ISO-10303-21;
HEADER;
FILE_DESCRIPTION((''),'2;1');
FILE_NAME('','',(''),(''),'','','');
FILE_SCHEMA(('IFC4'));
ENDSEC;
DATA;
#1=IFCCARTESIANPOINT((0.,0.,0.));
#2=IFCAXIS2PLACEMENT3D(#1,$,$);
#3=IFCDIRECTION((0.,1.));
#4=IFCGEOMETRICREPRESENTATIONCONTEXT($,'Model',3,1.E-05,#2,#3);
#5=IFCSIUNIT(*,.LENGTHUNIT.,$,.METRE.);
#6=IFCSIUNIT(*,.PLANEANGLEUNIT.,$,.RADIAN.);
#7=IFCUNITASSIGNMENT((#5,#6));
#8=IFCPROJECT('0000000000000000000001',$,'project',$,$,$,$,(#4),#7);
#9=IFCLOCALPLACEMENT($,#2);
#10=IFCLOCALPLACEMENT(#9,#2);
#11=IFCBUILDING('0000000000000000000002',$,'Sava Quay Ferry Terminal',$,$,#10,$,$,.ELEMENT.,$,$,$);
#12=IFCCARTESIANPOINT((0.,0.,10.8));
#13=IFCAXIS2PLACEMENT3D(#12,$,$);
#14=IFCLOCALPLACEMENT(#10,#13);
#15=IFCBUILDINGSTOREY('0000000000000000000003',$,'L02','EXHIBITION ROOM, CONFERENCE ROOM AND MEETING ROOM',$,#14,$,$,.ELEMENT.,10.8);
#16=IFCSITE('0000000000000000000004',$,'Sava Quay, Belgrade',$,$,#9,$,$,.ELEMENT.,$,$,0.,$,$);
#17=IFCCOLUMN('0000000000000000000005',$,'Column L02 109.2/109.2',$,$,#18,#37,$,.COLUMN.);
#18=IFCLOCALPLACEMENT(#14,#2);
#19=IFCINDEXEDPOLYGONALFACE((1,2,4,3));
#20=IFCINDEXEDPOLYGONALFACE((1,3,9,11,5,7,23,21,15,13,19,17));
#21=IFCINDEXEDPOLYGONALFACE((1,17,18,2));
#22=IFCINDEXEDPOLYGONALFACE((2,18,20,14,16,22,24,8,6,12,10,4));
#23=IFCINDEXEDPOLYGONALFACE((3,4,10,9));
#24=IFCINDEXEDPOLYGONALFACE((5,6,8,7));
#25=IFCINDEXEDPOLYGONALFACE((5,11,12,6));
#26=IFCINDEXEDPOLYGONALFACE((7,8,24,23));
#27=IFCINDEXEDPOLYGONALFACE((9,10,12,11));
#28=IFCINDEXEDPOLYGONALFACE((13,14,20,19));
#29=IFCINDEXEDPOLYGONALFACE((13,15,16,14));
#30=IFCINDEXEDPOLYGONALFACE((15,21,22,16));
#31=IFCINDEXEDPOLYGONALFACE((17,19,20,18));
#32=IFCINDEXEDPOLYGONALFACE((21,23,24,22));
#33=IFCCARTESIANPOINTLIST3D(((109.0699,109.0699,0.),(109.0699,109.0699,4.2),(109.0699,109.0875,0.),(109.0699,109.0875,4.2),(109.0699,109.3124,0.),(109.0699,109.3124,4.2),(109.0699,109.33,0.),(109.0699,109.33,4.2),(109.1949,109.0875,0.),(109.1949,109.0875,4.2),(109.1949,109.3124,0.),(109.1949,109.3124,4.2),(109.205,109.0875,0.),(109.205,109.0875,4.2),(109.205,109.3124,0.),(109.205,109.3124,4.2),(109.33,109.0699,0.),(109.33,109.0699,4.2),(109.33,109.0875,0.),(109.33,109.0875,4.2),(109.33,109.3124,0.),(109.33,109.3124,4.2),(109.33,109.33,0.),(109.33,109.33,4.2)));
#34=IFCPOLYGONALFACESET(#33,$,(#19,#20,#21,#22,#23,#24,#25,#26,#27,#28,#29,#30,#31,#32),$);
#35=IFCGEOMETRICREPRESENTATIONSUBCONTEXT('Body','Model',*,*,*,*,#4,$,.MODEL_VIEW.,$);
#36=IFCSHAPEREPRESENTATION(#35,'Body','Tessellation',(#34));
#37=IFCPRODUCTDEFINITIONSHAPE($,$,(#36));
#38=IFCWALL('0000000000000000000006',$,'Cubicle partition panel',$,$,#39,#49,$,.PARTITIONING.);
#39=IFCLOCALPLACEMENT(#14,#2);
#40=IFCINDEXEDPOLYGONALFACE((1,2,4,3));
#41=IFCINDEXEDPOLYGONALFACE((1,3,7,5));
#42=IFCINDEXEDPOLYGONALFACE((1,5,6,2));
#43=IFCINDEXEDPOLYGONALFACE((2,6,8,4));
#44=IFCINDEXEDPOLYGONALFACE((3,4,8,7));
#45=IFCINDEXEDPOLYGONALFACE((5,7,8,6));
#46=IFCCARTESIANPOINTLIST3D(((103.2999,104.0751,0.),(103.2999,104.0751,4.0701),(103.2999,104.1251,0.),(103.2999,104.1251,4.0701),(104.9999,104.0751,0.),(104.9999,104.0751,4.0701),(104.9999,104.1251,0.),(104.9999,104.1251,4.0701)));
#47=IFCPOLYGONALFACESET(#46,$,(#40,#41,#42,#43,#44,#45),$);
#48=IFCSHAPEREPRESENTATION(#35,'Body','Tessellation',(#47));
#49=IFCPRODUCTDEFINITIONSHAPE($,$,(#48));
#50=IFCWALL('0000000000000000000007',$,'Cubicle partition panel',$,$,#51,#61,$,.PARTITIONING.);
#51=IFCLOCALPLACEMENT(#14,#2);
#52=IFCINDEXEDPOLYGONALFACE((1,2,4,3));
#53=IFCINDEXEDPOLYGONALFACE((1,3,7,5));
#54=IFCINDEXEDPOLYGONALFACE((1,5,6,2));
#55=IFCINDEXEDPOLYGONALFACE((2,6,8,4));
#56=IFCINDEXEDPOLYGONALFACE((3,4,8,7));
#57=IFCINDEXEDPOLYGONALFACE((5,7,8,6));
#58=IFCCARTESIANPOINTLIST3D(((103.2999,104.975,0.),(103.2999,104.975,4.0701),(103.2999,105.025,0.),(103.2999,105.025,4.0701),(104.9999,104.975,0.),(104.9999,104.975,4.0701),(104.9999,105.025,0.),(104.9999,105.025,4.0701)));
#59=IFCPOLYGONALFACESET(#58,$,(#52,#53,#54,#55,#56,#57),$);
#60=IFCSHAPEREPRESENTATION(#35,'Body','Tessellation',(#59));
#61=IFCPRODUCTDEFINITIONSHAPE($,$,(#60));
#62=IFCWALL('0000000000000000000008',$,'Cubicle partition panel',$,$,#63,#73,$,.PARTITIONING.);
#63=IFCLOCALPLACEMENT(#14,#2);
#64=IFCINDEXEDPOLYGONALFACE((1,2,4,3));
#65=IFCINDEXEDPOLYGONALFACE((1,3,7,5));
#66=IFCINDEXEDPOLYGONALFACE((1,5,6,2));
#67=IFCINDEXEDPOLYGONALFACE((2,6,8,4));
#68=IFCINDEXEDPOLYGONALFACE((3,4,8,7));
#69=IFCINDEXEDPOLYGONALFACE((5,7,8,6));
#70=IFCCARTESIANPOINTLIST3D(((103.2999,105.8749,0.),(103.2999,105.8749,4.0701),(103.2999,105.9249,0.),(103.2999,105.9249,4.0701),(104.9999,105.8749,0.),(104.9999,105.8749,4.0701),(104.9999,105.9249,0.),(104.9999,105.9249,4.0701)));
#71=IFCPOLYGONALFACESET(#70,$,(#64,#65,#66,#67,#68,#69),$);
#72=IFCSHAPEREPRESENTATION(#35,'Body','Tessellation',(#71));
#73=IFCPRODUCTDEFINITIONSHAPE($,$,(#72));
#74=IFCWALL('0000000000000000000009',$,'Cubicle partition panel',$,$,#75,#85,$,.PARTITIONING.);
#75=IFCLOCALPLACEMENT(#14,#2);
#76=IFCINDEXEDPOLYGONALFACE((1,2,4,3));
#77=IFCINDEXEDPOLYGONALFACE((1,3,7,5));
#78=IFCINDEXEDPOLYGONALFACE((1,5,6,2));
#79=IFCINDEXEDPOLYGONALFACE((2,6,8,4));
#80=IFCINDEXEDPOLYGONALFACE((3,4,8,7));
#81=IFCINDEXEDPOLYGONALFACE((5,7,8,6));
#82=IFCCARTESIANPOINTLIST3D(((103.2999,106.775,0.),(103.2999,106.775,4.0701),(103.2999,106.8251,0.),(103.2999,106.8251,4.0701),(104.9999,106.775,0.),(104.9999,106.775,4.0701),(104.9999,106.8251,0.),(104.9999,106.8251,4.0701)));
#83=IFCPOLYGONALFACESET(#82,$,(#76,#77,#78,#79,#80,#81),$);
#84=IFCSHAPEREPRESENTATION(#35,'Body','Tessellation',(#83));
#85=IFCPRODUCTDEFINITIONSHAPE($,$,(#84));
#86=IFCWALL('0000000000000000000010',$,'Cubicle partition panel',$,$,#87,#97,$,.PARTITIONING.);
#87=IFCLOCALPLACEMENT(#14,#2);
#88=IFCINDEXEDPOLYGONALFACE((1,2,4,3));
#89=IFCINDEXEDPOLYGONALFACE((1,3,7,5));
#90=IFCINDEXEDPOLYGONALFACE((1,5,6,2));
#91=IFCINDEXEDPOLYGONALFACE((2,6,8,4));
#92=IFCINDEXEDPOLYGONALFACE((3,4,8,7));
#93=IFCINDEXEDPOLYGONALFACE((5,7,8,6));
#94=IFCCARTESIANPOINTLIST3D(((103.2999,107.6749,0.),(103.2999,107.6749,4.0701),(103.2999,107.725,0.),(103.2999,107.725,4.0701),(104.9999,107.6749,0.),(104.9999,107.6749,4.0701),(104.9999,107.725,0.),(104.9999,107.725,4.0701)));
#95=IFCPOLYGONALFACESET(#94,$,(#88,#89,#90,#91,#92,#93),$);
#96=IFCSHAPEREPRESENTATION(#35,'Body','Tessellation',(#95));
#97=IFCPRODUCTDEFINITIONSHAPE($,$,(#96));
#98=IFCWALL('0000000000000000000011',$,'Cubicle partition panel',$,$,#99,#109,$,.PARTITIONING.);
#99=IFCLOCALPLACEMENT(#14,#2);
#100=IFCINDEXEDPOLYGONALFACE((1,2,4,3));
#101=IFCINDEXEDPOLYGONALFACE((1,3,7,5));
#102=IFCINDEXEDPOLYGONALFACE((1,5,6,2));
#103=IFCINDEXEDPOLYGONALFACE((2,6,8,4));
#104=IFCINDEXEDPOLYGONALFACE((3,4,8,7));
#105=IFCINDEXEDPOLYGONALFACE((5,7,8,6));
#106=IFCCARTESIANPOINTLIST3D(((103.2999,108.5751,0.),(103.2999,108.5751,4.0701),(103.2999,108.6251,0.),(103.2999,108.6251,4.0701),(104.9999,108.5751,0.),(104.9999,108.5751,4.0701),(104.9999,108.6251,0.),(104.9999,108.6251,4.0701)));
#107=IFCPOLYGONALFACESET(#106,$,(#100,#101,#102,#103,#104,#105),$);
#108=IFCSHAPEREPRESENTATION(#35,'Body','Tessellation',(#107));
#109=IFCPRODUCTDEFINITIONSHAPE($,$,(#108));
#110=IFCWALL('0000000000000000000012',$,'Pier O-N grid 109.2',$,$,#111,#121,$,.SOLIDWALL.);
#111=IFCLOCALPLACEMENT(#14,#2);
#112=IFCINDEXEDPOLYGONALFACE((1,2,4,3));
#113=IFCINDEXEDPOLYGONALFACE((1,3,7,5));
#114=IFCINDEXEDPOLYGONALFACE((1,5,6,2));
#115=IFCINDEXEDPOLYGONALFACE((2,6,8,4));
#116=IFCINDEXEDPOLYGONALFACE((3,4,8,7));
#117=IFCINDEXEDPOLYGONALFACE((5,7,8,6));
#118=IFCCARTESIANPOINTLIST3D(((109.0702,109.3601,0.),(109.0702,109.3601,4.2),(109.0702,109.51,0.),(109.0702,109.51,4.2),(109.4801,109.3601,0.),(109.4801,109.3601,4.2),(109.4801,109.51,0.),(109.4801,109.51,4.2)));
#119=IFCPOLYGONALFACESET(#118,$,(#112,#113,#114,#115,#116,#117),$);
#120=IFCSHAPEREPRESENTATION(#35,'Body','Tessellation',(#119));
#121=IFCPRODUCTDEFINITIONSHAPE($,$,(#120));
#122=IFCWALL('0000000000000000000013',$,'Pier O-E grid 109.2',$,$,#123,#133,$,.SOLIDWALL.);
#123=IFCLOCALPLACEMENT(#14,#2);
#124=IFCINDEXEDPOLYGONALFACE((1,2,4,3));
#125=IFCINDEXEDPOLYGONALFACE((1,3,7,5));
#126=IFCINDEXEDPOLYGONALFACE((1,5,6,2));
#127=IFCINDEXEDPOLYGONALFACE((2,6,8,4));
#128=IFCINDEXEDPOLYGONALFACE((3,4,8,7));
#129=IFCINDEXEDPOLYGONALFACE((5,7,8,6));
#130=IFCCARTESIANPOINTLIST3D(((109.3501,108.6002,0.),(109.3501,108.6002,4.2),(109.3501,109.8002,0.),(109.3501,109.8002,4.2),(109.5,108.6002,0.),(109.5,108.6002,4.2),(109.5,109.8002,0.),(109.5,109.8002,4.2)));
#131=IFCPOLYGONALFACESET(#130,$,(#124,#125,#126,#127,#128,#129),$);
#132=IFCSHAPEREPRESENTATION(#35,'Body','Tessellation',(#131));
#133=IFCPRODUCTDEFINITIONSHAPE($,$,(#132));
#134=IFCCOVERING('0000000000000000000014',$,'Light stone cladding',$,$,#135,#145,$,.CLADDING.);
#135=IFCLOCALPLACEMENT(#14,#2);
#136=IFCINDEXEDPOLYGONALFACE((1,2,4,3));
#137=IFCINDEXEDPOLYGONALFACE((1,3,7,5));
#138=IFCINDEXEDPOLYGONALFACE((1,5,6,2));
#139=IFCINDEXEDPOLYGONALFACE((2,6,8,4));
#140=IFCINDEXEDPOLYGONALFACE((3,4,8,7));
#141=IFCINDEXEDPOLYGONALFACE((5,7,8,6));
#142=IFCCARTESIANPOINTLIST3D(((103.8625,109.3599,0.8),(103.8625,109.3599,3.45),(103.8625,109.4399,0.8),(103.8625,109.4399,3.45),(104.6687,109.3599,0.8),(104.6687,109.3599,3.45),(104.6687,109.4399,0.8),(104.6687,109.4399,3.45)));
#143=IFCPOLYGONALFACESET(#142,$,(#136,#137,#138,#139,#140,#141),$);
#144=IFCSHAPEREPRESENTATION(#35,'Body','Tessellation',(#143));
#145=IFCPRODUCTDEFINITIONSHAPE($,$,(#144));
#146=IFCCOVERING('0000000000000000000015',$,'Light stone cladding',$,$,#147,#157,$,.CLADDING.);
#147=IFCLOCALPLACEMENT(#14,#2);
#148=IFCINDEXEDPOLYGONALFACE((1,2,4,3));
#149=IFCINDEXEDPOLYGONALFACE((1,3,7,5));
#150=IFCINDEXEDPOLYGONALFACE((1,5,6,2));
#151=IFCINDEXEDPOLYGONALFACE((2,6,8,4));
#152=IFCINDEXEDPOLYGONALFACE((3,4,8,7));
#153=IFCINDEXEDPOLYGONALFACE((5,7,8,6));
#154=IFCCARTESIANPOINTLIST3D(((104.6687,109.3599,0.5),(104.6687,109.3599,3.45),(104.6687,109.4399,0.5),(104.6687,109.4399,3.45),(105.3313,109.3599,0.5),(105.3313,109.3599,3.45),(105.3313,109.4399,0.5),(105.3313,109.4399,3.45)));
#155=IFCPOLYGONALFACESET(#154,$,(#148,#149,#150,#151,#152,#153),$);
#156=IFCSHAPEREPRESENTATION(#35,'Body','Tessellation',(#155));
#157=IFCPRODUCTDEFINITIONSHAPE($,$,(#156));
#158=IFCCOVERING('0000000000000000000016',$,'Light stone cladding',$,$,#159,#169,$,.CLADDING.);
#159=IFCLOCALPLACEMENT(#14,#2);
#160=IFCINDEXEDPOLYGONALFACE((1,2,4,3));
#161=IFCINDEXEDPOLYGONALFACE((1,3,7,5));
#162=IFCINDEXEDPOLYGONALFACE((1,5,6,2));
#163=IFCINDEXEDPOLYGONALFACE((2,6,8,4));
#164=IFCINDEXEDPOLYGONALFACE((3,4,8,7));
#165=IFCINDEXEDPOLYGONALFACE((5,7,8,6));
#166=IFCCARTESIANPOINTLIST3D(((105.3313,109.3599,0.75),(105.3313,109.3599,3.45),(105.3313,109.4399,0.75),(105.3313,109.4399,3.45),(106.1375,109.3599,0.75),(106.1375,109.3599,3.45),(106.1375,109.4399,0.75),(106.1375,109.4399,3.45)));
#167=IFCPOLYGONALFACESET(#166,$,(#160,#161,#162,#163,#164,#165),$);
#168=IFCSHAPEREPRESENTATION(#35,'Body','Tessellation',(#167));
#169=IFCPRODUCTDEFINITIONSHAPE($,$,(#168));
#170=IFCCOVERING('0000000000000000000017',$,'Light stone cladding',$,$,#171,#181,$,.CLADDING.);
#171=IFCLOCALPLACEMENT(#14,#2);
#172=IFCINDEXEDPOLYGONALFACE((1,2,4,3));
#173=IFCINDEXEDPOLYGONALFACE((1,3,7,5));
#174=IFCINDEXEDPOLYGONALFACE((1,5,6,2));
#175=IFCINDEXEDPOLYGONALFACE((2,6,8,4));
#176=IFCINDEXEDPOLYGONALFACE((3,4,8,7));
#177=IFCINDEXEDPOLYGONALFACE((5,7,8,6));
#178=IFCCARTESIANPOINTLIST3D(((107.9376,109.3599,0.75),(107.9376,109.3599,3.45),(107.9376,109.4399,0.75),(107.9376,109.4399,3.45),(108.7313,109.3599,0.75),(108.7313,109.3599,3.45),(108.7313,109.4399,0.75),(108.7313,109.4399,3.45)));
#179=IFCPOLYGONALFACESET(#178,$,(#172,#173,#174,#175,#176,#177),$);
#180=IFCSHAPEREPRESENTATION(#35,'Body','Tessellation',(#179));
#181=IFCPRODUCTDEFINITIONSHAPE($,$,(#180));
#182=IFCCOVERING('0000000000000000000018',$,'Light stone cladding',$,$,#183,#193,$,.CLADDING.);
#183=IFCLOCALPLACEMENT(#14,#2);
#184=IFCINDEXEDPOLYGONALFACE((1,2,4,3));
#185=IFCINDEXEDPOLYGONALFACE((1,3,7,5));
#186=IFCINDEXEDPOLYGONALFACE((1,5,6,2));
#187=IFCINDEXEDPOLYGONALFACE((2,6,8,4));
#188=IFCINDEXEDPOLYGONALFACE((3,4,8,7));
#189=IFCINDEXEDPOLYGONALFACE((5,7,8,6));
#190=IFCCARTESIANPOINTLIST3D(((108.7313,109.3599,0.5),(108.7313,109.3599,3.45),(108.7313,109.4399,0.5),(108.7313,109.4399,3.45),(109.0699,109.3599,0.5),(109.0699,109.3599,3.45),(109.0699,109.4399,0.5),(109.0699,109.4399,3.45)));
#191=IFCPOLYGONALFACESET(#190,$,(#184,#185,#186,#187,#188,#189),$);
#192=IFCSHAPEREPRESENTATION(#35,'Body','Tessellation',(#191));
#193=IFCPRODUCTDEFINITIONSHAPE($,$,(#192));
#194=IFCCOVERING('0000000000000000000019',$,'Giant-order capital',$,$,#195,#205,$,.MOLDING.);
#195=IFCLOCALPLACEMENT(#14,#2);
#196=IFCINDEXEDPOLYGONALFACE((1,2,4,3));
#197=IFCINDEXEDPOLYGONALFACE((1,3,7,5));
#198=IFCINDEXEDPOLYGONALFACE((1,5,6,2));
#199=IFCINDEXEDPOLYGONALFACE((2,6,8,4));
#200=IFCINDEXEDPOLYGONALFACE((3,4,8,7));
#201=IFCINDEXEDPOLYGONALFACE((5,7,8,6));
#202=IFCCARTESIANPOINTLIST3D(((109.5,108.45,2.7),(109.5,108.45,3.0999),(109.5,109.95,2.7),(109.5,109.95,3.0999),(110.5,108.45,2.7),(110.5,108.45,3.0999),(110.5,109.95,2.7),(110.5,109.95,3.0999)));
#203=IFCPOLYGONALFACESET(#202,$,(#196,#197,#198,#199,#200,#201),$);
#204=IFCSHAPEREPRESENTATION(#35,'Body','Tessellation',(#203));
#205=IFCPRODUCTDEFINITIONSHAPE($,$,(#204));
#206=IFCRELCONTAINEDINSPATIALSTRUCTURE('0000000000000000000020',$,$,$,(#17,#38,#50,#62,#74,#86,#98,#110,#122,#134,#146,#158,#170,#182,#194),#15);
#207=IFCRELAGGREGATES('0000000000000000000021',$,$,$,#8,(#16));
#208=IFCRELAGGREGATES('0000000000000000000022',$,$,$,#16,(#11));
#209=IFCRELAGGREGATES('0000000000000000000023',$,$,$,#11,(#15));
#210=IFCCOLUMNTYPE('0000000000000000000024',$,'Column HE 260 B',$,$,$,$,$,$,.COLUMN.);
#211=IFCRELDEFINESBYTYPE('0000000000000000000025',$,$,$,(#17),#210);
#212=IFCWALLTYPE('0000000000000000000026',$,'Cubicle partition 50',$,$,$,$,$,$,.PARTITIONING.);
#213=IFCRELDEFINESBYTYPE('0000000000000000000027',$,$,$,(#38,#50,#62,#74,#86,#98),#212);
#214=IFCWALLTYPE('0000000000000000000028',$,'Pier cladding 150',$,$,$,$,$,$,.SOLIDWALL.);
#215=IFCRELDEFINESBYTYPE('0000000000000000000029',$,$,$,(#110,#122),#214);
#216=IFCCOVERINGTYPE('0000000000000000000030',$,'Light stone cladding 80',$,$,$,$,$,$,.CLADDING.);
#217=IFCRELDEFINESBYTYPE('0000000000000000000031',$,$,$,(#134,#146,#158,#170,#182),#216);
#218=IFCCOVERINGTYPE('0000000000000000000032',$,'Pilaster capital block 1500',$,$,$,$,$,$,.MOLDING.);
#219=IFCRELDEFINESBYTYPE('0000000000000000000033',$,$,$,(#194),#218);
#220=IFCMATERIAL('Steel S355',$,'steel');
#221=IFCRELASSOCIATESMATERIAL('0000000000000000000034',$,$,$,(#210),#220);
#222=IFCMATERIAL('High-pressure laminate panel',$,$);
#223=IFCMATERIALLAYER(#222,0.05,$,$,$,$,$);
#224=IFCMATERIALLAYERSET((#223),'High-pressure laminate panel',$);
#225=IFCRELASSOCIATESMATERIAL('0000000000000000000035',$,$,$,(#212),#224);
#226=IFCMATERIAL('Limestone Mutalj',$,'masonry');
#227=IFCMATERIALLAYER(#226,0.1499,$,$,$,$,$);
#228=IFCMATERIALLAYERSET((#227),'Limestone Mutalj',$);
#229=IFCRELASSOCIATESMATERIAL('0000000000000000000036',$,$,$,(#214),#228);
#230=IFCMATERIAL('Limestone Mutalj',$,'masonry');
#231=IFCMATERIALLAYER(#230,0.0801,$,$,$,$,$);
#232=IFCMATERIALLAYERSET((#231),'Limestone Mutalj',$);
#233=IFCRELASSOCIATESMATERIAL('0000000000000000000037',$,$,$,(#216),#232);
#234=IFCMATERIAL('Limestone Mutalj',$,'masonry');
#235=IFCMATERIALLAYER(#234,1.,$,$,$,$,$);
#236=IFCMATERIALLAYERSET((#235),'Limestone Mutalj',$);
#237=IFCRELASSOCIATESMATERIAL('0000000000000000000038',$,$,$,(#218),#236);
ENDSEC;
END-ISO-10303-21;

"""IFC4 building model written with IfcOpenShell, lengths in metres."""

from ifc_helpers import new_model, si_unit, direction, frame, frame_2d, origin, origin_2d, place, context, subcontext, project, spatial, rectangle, i_section, extrude, material, layer, layer_set, material_profile, profile_set, type_object, element, save


model = new_model("IFC4")

# Units and contexts
model_context = context("Model", 3, precision=1e-05, world=origin(), true_north=direction((0.0, 1.0)))
body_context = subcontext(model_context, "Body", "Model", "MODEL_VIEW")
ifc_project = project(units=[si_unit("LENGTHUNIT", "METRE"), si_unit("PLANEANGLEUNIT", "RADIAN")], contexts=[model_context])

# Site, building, storey
site_placement = place(None, origin())
site = spatial("IfcSite", under=ifc_project, at=site_placement, Name="Sava Quay, Belgrade", CompositionType="ELEMENT", RefElevation=0.0)
building_placement = place(site_placement, origin())
building = spatial("IfcBuilding", under=site, at=building_placement, Name="Sava Quay Ferry Terminal", CompositionType="ELEMENT")
storey_placement = place(building_placement, frame((0.0, 0.0, 10.8)))
storey = spatial("IfcBuildingStorey", under=building, at=storey_placement, Name="L02", Description="EXHIBITION ROOM, CONFERENCE ROOM AND MEETING ROOM", CompositionType="ELEMENT", Elevation=10.8)

# Column
ifc_material_1 = material(Name="Steel S355", Category="steel")
ifc_material_profile = material_profile(ifc_material_1, i_section(OverallWidth=0.26, OverallDepth=0.26, WebThickness=0.01, FlangeThickness=0.0176, at=origin_2d()), Name="HE 260 B")
ifc_profile_set = profile_set([ifc_material_profile], Name="Steel S355")
column_type = type_object("IfcColumnType", Name="Column HE 260 B", PredefinedType="COLUMN", material=ifc_profile_set)
column_placement = place(storey_placement, frame((109.2, 109.2, 0.0), z_axis=(0.0, 0.0, 1.0), x_axis=(1.0, 0.0, 0.0)))
element("IfcColumn", 1, at=column_placement, inside=storey, type_object=column_type, Name="Column L02 109.2/109.2", PredefinedType="COLUMN", context=body_context, shape_type="SweptSolid", body=[
    extrude(i_section(OverallWidth=0.26, OverallDepth=0.26, WebThickness=0.01, FlangeThickness=0.0176, at=origin_2d()), origin(), (0.0, 0.0, 1.0), 4.2),
])

# Walls
ifc_material_2 = material(Name="High-pressure laminate panel")
ifc_layer_1 = layer(ifc_material_2, 0.05)
ifc_layer_set_1 = layer_set([ifc_layer_1], Name="High-pressure laminate panel")
wall_type_1 = type_object("IfcWallType", Name="Cubicle partition 50", PredefinedType="PARTITIONING", material=ifc_layer_set_1)
for number, where, z_axis, x_axis, name in (
    (2, (105.0, 104.1001, 0.0), (0.0, 0.0, 1.0), (-1.0, 0.0, 0.0), "Cubicle partition panel"),
    (3, (105.0, 105.0, 0.0), (0.0, 0.0, 1.0), (-1.0, 0.0, 0.0), "Cubicle partition panel"),
    (4, (105.0, 105.8999, 0.0), (0.0, 0.0, 1.0), (-1.0, 0.0, 0.0), "Cubicle partition panel"),
    (5, (105.0, 106.8, 0.0), (0.0, 0.0, 1.0), (-1.0, 0.0, 0.0), "Cubicle partition panel"),
    (6, (105.0, 107.7, 0.0), (0.0, 0.0, 1.0), (-1.0, 0.0, 0.0), "Cubicle partition panel"),
    (7, (105.0, 108.6001, 0.0), (0.0, 0.0, 1.0), (-1.0, 0.0, 0.0), "Cubicle partition panel"),
):
    element("IfcWall", number, at=place(storey_placement, frame(where, z_axis=z_axis, x_axis=x_axis)), inside=storey, type_object=wall_type_1, Name=name, PredefinedType="PARTITIONING", context=body_context, shape_type="SweptSolid", body=[
        extrude(rectangle(XDim=1.7, YDim=0.05, at=frame_2d((0.8501, 0.0))), origin(), (0.0, 0.0, 1.0), 4.0701),
    ])
ifc_material_3 = material(Name="Limestone Mutalj", Category="masonry")
ifc_layer_2 = layer(ifc_material_3, 0.1499)
ifc_layer_set_2 = layer_set([ifc_layer_2], Name="Limestone Mutalj")
wall_type_2 = type_object("IfcWallType", Name="Pier cladding 150", PredefinedType="SOLIDWALL", material=ifc_layer_set_2)
wall_1_placement = place(storey_placement, frame((109.0701, 109.4351, 0.0), z_axis=(0.0, 0.0, 1.0), x_axis=(1.0, 0.0, 0.0)))
element("IfcWall", 8, at=wall_1_placement, inside=storey, type_object=wall_type_2, Name="Pier O-N grid 109.2", PredefinedType="SOLIDWALL", context=body_context, shape_type="SweptSolid", body=[
    extrude(rectangle(XDim=0.4099, YDim=0.1499, at=frame_2d((0.2051, 0.0))), origin(), (0.0, 0.0, 1.0), 4.2),
])
wall_2_placement = place(storey_placement, frame((109.425, 108.6001, 0.0), z_axis=(0.0, 0.0, 1.0), x_axis=(0.0, 1.0, 0.0)))
element("IfcWall", 9, at=wall_2_placement, inside=storey, type_object=wall_type_2, Name="Pier O-E grid 109.2", PredefinedType="SOLIDWALL", context=body_context, shape_type="SweptSolid", body=[
    extrude(rectangle(XDim=1.2, YDim=0.1499, at=frame_2d((0.6001, 0.0))), origin(), (0.0, 0.0, 1.0), 4.2),
])

# Coverings
ifc_material_4 = material(Name="Limestone Mutalj", Category="masonry")
ifc_layer_3 = layer(ifc_material_4, 0.0801)
ifc_layer_set_3 = layer_set([ifc_layer_3], Name="Limestone Mutalj")
covering_type_1 = type_object("IfcCoveringType", Name="Light stone cladding 80", PredefinedType="CLADDING", material=ifc_layer_set_3)
covering_1_placement = place(storey_placement, frame((104.2656, 109.3999, 0.8), z_axis=(0.0, 0.0, 1.0), x_axis=(1.0, 0.0, 0.0)))
element("IfcCovering", 10, at=covering_1_placement, inside=storey, type_object=covering_type_1, Name="Light stone cladding", PredefinedType="CLADDING", context=body_context, shape_type="SweptSolid", body=[
    extrude(rectangle(XDim=0.8062, YDim=0.0801, at=origin_2d()), origin(), (0.0, 0.0, 1.0), 2.6499),
])
covering_2_placement = place(storey_placement, frame((105.0, 109.3999, 0.5), z_axis=(0.0, 0.0, 1.0), x_axis=(1.0, 0.0, 0.0)))
element("IfcCovering", 11, at=covering_2_placement, inside=storey, type_object=covering_type_1, Name="Light stone cladding", PredefinedType="CLADDING", context=body_context, shape_type="SweptSolid", body=[
    extrude(rectangle(XDim=0.6626, YDim=0.0801, at=origin_2d()), origin(), (0.0, 0.0, 1.0), 2.95),
])
covering_3_placement = place(storey_placement, frame((105.7344, 109.3999, 0.75), z_axis=(0.0, 0.0, 1.0), x_axis=(1.0, 0.0, 0.0)))
element("IfcCovering", 12, at=covering_3_placement, inside=storey, type_object=covering_type_1, Name="Light stone cladding", PredefinedType="CLADDING", context=body_context, shape_type="SweptSolid", body=[
    extrude(rectangle(XDim=0.8062, YDim=0.0801, at=origin_2d()), origin(), (0.0, 0.0, 1.0), 2.7),
])
covering_4_placement = place(storey_placement, frame((108.3345, 109.3999, 0.75), z_axis=(0.0, 0.0, 1.0), x_axis=(1.0, 0.0, 0.0)))
element("IfcCovering", 13, at=covering_4_placement, inside=storey, type_object=covering_type_1, Name="Light stone cladding", PredefinedType="CLADDING", context=body_context, shape_type="SweptSolid", body=[
    extrude(rectangle(XDim=0.7937, YDim=0.0801, at=origin_2d()), origin(), (0.0, 0.0, 1.0), 2.7),
])
covering_5_placement = place(storey_placement, frame((108.9006, 109.3999, 0.5), z_axis=(0.0, 0.0, 1.0), x_axis=(1.0, 0.0, 0.0)))
element("IfcCovering", 14, at=covering_5_placement, inside=storey, type_object=covering_type_1, Name="Light stone cladding", PredefinedType="CLADDING", context=body_context, shape_type="SweptSolid", body=[
    extrude(rectangle(XDim=0.3386, YDim=0.0801, at=origin_2d()), origin(), (0.0, 0.0, 1.0), 2.95),
])
ifc_material_5 = material(Name="Limestone Mutalj", Category="masonry")
ifc_layer_4 = layer(ifc_material_5, 1.0)
ifc_layer_set_4 = layer_set([ifc_layer_4], Name="Limestone Mutalj")
covering_type_2 = type_object("IfcCoveringType", Name="Pilaster capital block 1500", PredefinedType="MOLDING", material=ifc_layer_set_4)
covering_6_placement = place(storey_placement, frame((110.0, 109.2, 2.7), z_axis=(0.0, 0.0, 1.0), x_axis=(1.0, 0.0, 0.0)))
element("IfcCovering", 15, at=covering_6_placement, inside=storey, type_object=covering_type_2, Name="Giant-order capital", PredefinedType="MOLDING", context=body_context, shape_type="SweptSolid", body=[
    extrude(rectangle(XDim=1.0, YDim=1.5, at=origin_2d()), origin(), (0.0, 0.0, 1.0), 0.3999),
])

save(model, "model.ifc")
